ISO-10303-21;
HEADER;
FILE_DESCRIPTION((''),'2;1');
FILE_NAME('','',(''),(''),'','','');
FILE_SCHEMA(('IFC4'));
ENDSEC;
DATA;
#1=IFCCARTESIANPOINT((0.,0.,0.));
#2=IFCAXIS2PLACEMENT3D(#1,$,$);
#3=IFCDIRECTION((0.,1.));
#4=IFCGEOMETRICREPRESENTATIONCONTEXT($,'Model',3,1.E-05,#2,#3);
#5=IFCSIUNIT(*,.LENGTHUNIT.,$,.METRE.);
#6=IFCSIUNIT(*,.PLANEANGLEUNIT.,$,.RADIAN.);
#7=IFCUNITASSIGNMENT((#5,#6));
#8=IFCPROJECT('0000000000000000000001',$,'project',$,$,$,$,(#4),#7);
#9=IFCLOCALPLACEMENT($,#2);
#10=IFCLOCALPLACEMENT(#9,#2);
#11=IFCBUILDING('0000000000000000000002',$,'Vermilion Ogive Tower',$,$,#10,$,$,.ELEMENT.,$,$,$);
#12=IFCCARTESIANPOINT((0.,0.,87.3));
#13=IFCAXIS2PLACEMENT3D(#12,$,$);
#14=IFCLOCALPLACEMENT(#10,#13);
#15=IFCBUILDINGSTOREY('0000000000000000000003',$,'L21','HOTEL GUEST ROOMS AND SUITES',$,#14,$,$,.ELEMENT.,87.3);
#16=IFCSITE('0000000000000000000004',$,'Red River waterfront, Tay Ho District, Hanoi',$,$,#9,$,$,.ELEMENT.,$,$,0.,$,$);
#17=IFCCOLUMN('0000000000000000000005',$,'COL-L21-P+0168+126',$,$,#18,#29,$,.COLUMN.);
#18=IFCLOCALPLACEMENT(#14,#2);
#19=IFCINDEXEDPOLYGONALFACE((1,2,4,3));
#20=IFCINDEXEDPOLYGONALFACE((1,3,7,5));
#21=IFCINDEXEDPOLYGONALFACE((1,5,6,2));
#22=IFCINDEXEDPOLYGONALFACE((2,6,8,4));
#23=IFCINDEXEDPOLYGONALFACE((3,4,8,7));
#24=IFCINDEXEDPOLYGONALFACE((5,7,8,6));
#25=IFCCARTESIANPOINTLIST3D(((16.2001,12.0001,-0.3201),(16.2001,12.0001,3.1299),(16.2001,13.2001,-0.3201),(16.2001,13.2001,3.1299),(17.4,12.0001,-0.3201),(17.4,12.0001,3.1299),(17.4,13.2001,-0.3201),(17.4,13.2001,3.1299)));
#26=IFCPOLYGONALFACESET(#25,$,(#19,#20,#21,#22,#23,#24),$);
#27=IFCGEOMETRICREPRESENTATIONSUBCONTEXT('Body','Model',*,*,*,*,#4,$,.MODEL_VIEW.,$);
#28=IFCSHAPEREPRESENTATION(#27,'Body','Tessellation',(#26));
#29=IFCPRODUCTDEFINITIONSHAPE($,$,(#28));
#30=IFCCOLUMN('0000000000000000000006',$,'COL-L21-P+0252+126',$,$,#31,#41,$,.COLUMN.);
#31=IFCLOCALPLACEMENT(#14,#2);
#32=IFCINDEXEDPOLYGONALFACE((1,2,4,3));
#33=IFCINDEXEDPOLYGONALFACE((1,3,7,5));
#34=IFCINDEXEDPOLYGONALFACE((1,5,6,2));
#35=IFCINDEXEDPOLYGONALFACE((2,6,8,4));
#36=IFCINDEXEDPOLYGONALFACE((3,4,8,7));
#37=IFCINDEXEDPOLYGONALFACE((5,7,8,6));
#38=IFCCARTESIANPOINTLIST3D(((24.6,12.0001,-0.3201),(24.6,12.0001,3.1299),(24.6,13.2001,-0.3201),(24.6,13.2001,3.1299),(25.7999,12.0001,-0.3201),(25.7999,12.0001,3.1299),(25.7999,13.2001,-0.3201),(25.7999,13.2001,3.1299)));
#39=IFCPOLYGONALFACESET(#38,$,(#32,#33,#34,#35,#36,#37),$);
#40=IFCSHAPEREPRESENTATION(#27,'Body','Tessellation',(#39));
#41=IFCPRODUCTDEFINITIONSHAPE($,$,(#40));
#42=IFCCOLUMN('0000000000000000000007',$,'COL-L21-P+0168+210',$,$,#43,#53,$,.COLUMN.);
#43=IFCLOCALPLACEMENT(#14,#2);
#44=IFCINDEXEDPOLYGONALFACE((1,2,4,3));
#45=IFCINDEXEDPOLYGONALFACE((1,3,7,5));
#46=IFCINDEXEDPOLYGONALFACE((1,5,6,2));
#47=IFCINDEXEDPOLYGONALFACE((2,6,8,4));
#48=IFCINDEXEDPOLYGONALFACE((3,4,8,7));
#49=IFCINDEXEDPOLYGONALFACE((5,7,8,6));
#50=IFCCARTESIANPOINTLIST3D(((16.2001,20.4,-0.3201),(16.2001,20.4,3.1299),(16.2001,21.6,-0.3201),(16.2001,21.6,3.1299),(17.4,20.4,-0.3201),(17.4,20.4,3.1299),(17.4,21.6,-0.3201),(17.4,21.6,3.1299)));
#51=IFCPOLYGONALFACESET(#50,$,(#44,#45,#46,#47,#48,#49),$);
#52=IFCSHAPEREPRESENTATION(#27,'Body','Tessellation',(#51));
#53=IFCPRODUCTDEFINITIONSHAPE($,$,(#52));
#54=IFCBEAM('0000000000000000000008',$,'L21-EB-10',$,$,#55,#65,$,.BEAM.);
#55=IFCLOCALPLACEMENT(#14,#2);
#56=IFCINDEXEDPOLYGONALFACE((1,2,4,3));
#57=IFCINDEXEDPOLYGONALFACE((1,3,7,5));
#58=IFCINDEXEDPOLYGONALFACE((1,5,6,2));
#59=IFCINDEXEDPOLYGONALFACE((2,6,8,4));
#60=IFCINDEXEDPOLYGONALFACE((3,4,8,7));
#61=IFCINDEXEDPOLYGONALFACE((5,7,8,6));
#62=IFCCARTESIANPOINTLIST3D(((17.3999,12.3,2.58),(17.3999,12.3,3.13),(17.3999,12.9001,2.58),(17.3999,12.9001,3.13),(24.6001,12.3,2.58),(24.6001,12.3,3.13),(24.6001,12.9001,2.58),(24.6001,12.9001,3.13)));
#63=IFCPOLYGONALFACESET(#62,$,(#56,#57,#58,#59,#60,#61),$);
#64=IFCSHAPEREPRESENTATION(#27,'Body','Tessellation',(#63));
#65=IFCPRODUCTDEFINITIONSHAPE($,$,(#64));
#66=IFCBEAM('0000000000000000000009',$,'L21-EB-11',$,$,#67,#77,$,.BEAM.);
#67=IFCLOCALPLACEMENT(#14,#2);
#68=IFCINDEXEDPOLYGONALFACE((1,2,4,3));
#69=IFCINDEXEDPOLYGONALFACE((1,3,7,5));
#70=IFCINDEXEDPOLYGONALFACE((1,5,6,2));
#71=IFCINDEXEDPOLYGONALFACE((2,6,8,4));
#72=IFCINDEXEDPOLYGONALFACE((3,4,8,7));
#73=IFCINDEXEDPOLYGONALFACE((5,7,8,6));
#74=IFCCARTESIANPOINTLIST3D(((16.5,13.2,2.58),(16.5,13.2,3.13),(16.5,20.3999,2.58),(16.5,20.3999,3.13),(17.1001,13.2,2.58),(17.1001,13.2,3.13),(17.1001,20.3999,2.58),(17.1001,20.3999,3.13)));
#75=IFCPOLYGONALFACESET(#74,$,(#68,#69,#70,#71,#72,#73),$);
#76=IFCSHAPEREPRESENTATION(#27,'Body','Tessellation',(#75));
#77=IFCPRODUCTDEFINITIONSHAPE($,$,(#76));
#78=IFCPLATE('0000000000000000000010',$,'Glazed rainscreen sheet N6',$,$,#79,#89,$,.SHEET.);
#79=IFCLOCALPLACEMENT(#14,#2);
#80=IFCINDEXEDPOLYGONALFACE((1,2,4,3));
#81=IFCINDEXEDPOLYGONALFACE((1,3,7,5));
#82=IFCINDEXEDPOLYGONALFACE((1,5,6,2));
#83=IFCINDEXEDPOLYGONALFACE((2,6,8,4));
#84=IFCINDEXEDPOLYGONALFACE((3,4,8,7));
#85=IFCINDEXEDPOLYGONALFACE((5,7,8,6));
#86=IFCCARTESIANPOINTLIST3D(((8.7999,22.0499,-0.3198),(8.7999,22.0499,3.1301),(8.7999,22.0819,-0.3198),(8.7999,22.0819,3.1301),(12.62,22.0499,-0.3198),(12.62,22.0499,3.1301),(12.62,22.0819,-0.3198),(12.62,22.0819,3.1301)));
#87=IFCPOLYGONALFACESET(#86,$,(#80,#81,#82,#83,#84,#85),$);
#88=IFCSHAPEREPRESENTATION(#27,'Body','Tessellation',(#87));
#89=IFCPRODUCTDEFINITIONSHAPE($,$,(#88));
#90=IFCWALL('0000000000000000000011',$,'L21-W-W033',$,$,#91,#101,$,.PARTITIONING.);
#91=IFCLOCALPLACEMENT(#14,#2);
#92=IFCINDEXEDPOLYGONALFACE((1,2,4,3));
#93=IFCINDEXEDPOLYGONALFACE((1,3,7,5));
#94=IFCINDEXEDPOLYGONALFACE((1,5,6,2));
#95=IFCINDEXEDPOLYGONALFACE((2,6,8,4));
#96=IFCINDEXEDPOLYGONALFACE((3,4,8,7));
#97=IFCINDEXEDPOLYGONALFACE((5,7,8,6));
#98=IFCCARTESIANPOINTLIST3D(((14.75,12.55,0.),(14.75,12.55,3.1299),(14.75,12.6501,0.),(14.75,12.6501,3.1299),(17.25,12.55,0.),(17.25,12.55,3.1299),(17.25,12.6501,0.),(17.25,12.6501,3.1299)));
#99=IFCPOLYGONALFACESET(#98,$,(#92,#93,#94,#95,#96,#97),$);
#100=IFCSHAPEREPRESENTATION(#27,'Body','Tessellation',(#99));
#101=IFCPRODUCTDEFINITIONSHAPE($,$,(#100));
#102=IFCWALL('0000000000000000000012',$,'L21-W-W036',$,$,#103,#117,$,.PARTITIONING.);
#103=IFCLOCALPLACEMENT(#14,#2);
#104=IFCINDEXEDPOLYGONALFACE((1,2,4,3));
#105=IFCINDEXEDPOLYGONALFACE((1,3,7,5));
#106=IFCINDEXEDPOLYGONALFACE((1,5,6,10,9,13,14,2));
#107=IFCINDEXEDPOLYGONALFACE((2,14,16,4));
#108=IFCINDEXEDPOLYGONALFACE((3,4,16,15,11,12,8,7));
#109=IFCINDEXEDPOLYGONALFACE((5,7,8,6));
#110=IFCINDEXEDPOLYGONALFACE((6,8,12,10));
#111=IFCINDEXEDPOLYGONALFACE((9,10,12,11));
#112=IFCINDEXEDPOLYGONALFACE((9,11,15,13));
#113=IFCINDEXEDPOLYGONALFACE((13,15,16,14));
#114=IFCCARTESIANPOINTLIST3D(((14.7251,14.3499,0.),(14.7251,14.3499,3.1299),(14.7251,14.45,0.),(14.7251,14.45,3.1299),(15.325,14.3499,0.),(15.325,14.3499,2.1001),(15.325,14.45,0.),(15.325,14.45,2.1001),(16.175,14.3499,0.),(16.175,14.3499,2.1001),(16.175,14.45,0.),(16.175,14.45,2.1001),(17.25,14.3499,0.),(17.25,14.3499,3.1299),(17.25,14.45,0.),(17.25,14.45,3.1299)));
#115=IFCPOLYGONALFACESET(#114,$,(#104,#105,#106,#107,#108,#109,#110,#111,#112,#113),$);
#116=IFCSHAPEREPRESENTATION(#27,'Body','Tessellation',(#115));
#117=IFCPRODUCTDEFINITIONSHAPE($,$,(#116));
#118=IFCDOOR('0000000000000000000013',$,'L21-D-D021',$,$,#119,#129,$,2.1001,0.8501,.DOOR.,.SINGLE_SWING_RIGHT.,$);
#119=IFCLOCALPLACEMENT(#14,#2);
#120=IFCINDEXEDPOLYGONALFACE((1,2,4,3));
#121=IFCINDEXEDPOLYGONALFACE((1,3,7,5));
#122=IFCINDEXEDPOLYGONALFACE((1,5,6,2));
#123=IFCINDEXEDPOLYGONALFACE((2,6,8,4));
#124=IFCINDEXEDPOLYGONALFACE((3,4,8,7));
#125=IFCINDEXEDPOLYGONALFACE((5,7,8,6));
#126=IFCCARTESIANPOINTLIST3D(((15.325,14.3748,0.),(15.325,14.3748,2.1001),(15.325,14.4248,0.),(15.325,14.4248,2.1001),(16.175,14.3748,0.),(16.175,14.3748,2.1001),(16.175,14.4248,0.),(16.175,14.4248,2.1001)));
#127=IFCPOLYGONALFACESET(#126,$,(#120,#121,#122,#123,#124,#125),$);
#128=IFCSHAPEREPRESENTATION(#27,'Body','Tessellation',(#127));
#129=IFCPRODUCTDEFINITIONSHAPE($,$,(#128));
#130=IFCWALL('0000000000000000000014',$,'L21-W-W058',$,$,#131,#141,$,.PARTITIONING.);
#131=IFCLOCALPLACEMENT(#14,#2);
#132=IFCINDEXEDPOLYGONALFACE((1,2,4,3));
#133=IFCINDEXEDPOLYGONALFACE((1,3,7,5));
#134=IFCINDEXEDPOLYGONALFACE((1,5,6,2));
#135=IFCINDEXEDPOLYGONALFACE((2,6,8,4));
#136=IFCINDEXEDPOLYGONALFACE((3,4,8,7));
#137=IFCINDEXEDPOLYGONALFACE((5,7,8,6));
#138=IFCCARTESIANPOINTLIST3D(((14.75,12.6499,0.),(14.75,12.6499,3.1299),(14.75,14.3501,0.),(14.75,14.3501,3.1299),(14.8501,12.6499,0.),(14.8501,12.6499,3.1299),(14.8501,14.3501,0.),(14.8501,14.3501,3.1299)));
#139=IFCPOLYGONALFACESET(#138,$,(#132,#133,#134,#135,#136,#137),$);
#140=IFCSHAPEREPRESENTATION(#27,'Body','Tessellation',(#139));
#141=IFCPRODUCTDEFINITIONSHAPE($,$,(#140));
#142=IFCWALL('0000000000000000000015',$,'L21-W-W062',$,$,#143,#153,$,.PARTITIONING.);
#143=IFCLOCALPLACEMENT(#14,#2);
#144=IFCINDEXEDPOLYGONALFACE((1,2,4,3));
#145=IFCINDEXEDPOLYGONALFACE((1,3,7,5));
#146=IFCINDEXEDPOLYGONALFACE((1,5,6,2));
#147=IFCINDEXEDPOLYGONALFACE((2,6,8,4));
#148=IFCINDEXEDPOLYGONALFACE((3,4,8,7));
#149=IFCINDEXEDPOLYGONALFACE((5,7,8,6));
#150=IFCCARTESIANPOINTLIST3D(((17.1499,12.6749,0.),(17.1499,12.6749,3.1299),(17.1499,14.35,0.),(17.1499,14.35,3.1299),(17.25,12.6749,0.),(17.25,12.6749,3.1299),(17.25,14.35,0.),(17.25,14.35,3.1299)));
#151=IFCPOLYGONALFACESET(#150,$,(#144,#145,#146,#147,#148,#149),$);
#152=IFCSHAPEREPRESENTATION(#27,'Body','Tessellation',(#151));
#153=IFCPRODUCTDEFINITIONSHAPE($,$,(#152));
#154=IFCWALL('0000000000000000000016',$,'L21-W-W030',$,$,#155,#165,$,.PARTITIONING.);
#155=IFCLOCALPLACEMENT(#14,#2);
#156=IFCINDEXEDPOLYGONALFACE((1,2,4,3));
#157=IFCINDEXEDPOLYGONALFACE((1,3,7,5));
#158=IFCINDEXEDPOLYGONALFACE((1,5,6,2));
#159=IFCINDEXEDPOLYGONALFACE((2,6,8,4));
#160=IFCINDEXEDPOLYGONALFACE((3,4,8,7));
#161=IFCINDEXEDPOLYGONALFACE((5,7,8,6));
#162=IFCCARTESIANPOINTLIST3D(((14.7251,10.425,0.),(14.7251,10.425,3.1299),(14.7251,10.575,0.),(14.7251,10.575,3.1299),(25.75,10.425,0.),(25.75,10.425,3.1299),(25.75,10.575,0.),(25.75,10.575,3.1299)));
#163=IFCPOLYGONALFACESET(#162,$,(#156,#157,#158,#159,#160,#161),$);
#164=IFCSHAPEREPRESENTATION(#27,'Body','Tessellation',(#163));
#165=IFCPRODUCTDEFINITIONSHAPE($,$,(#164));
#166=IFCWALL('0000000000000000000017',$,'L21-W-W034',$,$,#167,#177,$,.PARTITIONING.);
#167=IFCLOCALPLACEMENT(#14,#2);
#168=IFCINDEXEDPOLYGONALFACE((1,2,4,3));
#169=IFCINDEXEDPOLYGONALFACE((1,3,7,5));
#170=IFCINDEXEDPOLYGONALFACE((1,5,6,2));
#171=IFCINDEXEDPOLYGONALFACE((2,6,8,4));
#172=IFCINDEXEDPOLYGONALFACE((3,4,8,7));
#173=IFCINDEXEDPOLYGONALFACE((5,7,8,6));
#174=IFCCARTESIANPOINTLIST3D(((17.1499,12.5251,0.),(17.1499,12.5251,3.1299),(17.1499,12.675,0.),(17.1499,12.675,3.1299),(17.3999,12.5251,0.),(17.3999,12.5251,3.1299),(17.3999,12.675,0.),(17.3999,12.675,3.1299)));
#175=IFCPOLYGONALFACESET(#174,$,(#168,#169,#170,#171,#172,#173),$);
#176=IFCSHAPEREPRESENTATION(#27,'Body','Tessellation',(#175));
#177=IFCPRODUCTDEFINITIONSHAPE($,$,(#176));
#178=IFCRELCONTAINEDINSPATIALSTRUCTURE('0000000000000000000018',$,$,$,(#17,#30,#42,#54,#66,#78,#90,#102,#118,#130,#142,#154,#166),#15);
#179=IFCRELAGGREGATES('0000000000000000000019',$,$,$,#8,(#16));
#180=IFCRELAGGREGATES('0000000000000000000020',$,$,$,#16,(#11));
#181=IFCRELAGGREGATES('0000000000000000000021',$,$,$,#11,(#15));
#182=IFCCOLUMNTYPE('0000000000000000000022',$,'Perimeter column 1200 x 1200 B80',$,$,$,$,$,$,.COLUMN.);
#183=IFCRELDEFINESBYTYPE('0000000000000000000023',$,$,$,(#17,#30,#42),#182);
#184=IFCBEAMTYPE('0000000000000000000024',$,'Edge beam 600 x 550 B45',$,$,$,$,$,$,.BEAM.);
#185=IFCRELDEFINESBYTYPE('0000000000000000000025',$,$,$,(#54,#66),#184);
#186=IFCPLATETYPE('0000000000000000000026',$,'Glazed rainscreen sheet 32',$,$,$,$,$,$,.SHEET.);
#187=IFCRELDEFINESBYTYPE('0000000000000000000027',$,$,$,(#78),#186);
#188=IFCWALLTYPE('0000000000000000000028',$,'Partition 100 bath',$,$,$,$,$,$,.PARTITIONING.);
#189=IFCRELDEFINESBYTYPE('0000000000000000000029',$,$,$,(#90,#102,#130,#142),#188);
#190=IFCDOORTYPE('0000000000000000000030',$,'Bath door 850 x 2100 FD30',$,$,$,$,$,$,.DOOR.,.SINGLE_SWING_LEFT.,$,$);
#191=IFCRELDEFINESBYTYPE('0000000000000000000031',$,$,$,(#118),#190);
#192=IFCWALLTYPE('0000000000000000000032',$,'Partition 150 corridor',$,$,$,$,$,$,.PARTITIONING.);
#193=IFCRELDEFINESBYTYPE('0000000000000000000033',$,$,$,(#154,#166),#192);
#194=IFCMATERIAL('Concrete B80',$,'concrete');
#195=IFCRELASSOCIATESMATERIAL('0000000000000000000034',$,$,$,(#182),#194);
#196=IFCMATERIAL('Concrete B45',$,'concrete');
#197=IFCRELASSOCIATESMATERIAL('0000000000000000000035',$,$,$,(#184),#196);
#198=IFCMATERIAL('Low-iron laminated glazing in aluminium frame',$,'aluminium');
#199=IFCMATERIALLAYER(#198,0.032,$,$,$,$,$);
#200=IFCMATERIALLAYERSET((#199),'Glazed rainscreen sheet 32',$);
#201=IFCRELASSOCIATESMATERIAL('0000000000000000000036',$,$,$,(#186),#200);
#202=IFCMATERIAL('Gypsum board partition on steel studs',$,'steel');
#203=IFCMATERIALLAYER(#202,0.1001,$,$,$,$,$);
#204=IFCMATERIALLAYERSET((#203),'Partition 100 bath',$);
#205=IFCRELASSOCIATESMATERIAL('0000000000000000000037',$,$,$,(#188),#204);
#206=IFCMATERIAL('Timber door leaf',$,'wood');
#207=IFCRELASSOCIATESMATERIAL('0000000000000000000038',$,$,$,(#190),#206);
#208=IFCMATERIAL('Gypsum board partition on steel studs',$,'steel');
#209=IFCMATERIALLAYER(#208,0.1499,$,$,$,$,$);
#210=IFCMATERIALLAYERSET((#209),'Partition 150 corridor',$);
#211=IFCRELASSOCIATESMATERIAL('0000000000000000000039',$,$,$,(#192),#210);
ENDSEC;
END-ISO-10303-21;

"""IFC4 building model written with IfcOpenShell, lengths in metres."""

from ifc_helpers import new_model, si_unit, direction, frame, frame_2d, origin, origin_2d, place, context, subcontext, project, spatial, rectangle, extrude, material, layer, layer_set, material_profile, profile_set, type_object, element, fill, save


model = new_model("IFC4")

# Units and contexts
model_context = context("Model", 3, precision=1e-05, world=origin(), true_north=direction((0.0, 1.0)))
body_context = subcontext(model_context, "Body", "Model", "MODEL_VIEW")
ifc_project = project(units=[si_unit("LENGTHUNIT", "METRE"), si_unit("PLANEANGLEUNIT", "RADIAN")], contexts=[model_context])

# Site, building, storey
site_placement = place(None, origin())
site = spatial("IfcSite", under=ifc_project, at=site_placement, Name="Red River waterfront, Tay Ho District, Hanoi", CompositionType="ELEMENT", RefElevation=0.0)
building_placement = place(site_placement, origin())
building = spatial("IfcBuilding", under=site, at=building_placement, Name="Vermilion Ogive Tower", CompositionType="ELEMENT")
storey_placement = place(building_placement, frame((0.0, 0.0, 87.3)))
storey = spatial("IfcBuildingStorey", under=building, at=storey_placement, Name="L21", Description="HOTEL GUEST ROOMS AND SUITES", CompositionType="ELEMENT", Elevation=87.3)

# Columns
ifc_material_1 = material(Name="Concrete B80", Category="concrete")
ifc_material_profile_1 = material_profile(ifc_material_1, rectangle(XDim=1.2, YDim=1.2, at=origin_2d()), Name="1200 x 1200")
ifc_profile_set_1 = profile_set([ifc_material_profile_1], Name="Concrete B80")
column_type = type_object("IfcColumnType", Name="Perimeter column 1200 x 1200 B80", PredefinedType="COLUMN", material=ifc_profile_set_1)
for number, where, z_axis, x_axis, name in (
    (1, (16.8, 12.6001, -0.3201), (0.0, 0.0, 1.0), (1.0, 0.0, 0.0), "COL-L21-P+0168+126"),
    (2, (25.2, 12.6001, -0.3201), (0.0, 0.0, 1.0), (1.0, 0.0, 0.0), "COL-L21-P+0252+126"),
    (3, (16.8, 21.0, -0.3201), (0.0, 0.0, 1.0), (1.0, 0.0, 0.0), "COL-L21-P+0168+210"),
):
    element("IfcColumn", number, at=place(storey_placement, frame(where, z_axis=z_axis, x_axis=x_axis)), inside=storey, type_object=column_type, Name=name, PredefinedType="COLUMN", context=body_context, shape_type="SweptSolid", body=[
        extrude(rectangle(XDim=1.2, YDim=1.2, at=origin_2d()), origin(), (0.0, 0.0, 1.0), 3.45),
    ])

# Beams
ifc_material_2 = material(Name="Concrete B45", Category="concrete")
ifc_material_profile_2 = material_profile(ifc_material_2, rectangle(XDim=0.6001, YDim=0.55, at=origin_2d()), Name="600 x 550")
ifc_profile_set_2 = profile_set([ifc_material_profile_2], Name="Concrete B45")
beam_type = type_object("IfcBeamType", Name="Edge beam 600 x 550 B45", PredefinedType="BEAM", material=ifc_profile_set_2)
beam_1_placement = place(storey_placement, frame((24.6001, 12.6001, 2.855), z_axis=(-1.0, 0.0, 0.0), x_axis=(0.0, -1.0, 0.0)))
element("IfcBeam", 4, at=beam_1_placement, inside=storey, type_object=beam_type, Name="L21-EB-10", PredefinedType="BEAM", context=body_context, shape_type="SweptSolid", body=[
    extrude(rectangle(XDim=0.6001, YDim=0.55, at=origin_2d()), origin(), (0.0, 0.0, 1.0), 7.2002),
])
beam_2_placement = place(storey_placement, frame((16.8, 13.2, 2.855), z_axis=(0.0, 1.0, 0.0), x_axis=(-1.0, 0.0, 0.0)))
element("IfcBeam", 5, at=beam_2_placement, inside=storey, type_object=beam_type, Name="L21-EB-11", PredefinedType="BEAM", context=body_context, shape_type="SweptSolid", body=[
    extrude(rectangle(XDim=0.6001, YDim=0.55, at=origin_2d()), origin(), (0.0, 0.0, 1.0), 7.2),
])

# Plate
ifc_material_3 = material(Name="Low-iron laminated glazing in aluminium frame", Category="aluminium")
ifc_layer_1 = layer(ifc_material_3, 0.032)
ifc_layer_set_1 = layer_set([ifc_layer_1], Name="Glazed rainscreen sheet 32")
plate_type = type_object("IfcPlateType", Name="Glazed rainscreen sheet 32", PredefinedType="SHEET", material=ifc_layer_set_1)
plate_placement = place(storey_placement, frame((10.71, 22.0659, -0.3198), z_axis=(0.0, 0.0, 1.0), x_axis=(1.0, 0.0, 0.0)))
element("IfcPlate", 6, at=plate_placement, inside=storey, type_object=plate_type, Name="Glazed rainscreen sheet N6", PredefinedType="SHEET", context=body_context, shape_type="SweptSolid", body=[
    extrude(rectangle(XDim=3.8201, YDim=0.032, at=origin_2d()), origin(), (0.0, 0.0, 1.0), 3.45),
])

# Wall
ifc_material_4 = material(Name="Gypsum board partition on steel studs", Category="steel")
ifc_layer_2 = layer(ifc_material_4, 0.1001)
ifc_layer_set_2 = layer_set([ifc_layer_2], Name="Partition 100 bath")
wall_type_1 = type_object("IfcWallType", Name="Partition 100 bath", PredefinedType="PARTITIONING", material=ifc_layer_set_2)
wall_1_placement = place(storey_placement, frame((14.75, 12.6001, 0.0), z_axis=(0.0, 0.0, 1.0), x_axis=(1.0, 0.0, 0.0)))
element("IfcWall", 7, at=wall_1_placement, inside=storey, type_object=wall_type_1, Name="L21-W-W033", PredefinedType="PARTITIONING", context=body_context, shape_type="SweptSolid", body=[
    extrude(rectangle(XDim=2.5, YDim=0.1001, at=frame_2d((1.25, 0.0))), origin(), (0.0, 0.0, 1.0), 3.1299),
])

# Wall, opening, door
wall_2_placement = place(storey_placement, frame((14.7251, 14.3999, 0.0), z_axis=(0.0, 0.0, 1.0), x_axis=(1.0, 0.0, 0.0)))
wall_2 = element("IfcWall", 8, at=wall_2_placement, inside=storey, type_object=wall_type_1, Name="L21-W-W036", PredefinedType="PARTITIONING", context=body_context, shape_type="SweptSolid", body=[
    extrude(rectangle(XDim=2.5249, YDim=0.1001, at=frame_2d((1.2625, 0.0))), origin(), (0.0, 0.0, 1.0), 3.1299),
])
opening_1_placement = place(wall_2_placement, frame((0.5999, 0.0, 0.0)))
opening_1 = element("IfcOpeningElement", 9, at=opening_1_placement, cuts=wall_2, PredefinedType="OPENING", context=body_context, shape_type="SweptSolid", body=[
    extrude(rectangle(XDim=0.8501, YDim=2.1001, at=frame_2d((0.425, 1.05))), frame((0.0, 0.0601, 0.0), z_axis=(0.0, -1.0, 0.0), x_axis=(1.0, 0.0, 0.0)), (0.0, 0.0, 1.0), 0.1201),
])
ifc_material_5 = material(Name="Timber door leaf", Category="wood")
door_type_1 = type_object("IfcDoorType", Name="Bath door 850 x 2100 FD30", OperationType="SINGLE_SWING_LEFT", PredefinedType="DOOR", material=ifc_material_5)
door_1_placement = place(opening_1_placement, origin())
door_1 = element("IfcDoor", 10, at=door_1_placement, inside=storey, type_object=door_type_1, Name="L21-D-D021", OperationType="SINGLE_SWING_RIGHT", OverallHeight=2.1001, OverallWidth=0.8501, PredefinedType="DOOR", context=body_context, shape_type="SweptSolid", body=[
    extrude(rectangle(XDim=0.8501, YDim=2.1001, at=frame_2d((0.425, 1.05))), frame((0.0, 0.0249, 0.0), z_axis=(0.0, -1.0, 0.0), x_axis=(1.0, 0.0, 0.0)), (0.0, 0.0, 1.0), 0.05),
])
fill(opening_1, door_1)

# Walls
wall_3_placement = place(storey_placement, frame((14.8, 12.6499, 0.0), z_axis=(0.0, 0.0, 1.0), x_axis=(0.0, 1.0, 0.0)))
element("IfcWall", 11, at=wall_3_placement, inside=storey, type_object=wall_type_1, Name="L21-W-W058", PredefinedType="PARTITIONING", context=body_context, shape_type="SweptSolid", body=[
    extrude(rectangle(XDim=1.7002, YDim=0.1001, at=frame_2d((0.8501, 0.0))), origin(), (0.0, 0.0, 1.0), 3.1299),
])
wall_4_placement = place(storey_placement, frame((17.2, 12.675, 0.0), z_axis=(0.0, 0.0, 1.0), x_axis=(0.0, 1.0, 0.0)))
element("IfcWall", 12, at=wall_4_placement, inside=storey, type_object=wall_type_1, Name="L21-W-W062", PredefinedType="PARTITIONING", context=body_context, shape_type="SweptSolid", body=[
    extrude(rectangle(XDim=1.675, YDim=0.1001, at=frame_2d((0.8374, 0.0))), origin(), (0.0, 0.0, 1.0), 3.1299),
])
ifc_material_6 = material(Name="Gypsum board partition on steel studs", Category="steel")
ifc_layer_3 = layer(ifc_material_6, 0.1499)
ifc_layer_set_3 = layer_set([ifc_layer_3], Name="Partition 150 corridor")
wall_type_2 = type_object("IfcWallType", Name="Partition 150 corridor", PredefinedType="PARTITIONING", material=ifc_layer_set_3)
wall_5_placement = place(storey_placement, frame((14.7251, 10.5, 0.0), z_axis=(0.0, 0.0, 1.0), x_axis=(1.0, 0.0, 0.0)))
element("IfcWall", 13, at=wall_5_placement, inside=storey, type_object=wall_type_2, Name="L21-W-W030", PredefinedType="PARTITIONING", context=body_context, shape_type="SweptSolid", body=[
    extrude(rectangle(XDim=11.0249, YDim=0.1499, at=frame_2d((5.5125, 0.0))), origin(), (0.0, 0.0, 1.0), 3.1299),
])
wall_6_placement = place(storey_placement, frame((17.1499, 12.6001, 0.0), z_axis=(0.0, 0.0, 1.0), x_axis=(1.0, 0.0, 0.0)))
element("IfcWall", 14, at=wall_6_placement, inside=storey, type_object=wall_type_2, Name="L21-W-W034", PredefinedType="PARTITIONING", context=body_context, shape_type="SweptSolid", body=[
    extrude(rectangle(XDim=0.25, YDim=0.1499, at=frame_2d((0.125, 0.0))), origin(), (0.0, 0.0, 1.0), 3.1299),
])

save(model, "model.ifc")
